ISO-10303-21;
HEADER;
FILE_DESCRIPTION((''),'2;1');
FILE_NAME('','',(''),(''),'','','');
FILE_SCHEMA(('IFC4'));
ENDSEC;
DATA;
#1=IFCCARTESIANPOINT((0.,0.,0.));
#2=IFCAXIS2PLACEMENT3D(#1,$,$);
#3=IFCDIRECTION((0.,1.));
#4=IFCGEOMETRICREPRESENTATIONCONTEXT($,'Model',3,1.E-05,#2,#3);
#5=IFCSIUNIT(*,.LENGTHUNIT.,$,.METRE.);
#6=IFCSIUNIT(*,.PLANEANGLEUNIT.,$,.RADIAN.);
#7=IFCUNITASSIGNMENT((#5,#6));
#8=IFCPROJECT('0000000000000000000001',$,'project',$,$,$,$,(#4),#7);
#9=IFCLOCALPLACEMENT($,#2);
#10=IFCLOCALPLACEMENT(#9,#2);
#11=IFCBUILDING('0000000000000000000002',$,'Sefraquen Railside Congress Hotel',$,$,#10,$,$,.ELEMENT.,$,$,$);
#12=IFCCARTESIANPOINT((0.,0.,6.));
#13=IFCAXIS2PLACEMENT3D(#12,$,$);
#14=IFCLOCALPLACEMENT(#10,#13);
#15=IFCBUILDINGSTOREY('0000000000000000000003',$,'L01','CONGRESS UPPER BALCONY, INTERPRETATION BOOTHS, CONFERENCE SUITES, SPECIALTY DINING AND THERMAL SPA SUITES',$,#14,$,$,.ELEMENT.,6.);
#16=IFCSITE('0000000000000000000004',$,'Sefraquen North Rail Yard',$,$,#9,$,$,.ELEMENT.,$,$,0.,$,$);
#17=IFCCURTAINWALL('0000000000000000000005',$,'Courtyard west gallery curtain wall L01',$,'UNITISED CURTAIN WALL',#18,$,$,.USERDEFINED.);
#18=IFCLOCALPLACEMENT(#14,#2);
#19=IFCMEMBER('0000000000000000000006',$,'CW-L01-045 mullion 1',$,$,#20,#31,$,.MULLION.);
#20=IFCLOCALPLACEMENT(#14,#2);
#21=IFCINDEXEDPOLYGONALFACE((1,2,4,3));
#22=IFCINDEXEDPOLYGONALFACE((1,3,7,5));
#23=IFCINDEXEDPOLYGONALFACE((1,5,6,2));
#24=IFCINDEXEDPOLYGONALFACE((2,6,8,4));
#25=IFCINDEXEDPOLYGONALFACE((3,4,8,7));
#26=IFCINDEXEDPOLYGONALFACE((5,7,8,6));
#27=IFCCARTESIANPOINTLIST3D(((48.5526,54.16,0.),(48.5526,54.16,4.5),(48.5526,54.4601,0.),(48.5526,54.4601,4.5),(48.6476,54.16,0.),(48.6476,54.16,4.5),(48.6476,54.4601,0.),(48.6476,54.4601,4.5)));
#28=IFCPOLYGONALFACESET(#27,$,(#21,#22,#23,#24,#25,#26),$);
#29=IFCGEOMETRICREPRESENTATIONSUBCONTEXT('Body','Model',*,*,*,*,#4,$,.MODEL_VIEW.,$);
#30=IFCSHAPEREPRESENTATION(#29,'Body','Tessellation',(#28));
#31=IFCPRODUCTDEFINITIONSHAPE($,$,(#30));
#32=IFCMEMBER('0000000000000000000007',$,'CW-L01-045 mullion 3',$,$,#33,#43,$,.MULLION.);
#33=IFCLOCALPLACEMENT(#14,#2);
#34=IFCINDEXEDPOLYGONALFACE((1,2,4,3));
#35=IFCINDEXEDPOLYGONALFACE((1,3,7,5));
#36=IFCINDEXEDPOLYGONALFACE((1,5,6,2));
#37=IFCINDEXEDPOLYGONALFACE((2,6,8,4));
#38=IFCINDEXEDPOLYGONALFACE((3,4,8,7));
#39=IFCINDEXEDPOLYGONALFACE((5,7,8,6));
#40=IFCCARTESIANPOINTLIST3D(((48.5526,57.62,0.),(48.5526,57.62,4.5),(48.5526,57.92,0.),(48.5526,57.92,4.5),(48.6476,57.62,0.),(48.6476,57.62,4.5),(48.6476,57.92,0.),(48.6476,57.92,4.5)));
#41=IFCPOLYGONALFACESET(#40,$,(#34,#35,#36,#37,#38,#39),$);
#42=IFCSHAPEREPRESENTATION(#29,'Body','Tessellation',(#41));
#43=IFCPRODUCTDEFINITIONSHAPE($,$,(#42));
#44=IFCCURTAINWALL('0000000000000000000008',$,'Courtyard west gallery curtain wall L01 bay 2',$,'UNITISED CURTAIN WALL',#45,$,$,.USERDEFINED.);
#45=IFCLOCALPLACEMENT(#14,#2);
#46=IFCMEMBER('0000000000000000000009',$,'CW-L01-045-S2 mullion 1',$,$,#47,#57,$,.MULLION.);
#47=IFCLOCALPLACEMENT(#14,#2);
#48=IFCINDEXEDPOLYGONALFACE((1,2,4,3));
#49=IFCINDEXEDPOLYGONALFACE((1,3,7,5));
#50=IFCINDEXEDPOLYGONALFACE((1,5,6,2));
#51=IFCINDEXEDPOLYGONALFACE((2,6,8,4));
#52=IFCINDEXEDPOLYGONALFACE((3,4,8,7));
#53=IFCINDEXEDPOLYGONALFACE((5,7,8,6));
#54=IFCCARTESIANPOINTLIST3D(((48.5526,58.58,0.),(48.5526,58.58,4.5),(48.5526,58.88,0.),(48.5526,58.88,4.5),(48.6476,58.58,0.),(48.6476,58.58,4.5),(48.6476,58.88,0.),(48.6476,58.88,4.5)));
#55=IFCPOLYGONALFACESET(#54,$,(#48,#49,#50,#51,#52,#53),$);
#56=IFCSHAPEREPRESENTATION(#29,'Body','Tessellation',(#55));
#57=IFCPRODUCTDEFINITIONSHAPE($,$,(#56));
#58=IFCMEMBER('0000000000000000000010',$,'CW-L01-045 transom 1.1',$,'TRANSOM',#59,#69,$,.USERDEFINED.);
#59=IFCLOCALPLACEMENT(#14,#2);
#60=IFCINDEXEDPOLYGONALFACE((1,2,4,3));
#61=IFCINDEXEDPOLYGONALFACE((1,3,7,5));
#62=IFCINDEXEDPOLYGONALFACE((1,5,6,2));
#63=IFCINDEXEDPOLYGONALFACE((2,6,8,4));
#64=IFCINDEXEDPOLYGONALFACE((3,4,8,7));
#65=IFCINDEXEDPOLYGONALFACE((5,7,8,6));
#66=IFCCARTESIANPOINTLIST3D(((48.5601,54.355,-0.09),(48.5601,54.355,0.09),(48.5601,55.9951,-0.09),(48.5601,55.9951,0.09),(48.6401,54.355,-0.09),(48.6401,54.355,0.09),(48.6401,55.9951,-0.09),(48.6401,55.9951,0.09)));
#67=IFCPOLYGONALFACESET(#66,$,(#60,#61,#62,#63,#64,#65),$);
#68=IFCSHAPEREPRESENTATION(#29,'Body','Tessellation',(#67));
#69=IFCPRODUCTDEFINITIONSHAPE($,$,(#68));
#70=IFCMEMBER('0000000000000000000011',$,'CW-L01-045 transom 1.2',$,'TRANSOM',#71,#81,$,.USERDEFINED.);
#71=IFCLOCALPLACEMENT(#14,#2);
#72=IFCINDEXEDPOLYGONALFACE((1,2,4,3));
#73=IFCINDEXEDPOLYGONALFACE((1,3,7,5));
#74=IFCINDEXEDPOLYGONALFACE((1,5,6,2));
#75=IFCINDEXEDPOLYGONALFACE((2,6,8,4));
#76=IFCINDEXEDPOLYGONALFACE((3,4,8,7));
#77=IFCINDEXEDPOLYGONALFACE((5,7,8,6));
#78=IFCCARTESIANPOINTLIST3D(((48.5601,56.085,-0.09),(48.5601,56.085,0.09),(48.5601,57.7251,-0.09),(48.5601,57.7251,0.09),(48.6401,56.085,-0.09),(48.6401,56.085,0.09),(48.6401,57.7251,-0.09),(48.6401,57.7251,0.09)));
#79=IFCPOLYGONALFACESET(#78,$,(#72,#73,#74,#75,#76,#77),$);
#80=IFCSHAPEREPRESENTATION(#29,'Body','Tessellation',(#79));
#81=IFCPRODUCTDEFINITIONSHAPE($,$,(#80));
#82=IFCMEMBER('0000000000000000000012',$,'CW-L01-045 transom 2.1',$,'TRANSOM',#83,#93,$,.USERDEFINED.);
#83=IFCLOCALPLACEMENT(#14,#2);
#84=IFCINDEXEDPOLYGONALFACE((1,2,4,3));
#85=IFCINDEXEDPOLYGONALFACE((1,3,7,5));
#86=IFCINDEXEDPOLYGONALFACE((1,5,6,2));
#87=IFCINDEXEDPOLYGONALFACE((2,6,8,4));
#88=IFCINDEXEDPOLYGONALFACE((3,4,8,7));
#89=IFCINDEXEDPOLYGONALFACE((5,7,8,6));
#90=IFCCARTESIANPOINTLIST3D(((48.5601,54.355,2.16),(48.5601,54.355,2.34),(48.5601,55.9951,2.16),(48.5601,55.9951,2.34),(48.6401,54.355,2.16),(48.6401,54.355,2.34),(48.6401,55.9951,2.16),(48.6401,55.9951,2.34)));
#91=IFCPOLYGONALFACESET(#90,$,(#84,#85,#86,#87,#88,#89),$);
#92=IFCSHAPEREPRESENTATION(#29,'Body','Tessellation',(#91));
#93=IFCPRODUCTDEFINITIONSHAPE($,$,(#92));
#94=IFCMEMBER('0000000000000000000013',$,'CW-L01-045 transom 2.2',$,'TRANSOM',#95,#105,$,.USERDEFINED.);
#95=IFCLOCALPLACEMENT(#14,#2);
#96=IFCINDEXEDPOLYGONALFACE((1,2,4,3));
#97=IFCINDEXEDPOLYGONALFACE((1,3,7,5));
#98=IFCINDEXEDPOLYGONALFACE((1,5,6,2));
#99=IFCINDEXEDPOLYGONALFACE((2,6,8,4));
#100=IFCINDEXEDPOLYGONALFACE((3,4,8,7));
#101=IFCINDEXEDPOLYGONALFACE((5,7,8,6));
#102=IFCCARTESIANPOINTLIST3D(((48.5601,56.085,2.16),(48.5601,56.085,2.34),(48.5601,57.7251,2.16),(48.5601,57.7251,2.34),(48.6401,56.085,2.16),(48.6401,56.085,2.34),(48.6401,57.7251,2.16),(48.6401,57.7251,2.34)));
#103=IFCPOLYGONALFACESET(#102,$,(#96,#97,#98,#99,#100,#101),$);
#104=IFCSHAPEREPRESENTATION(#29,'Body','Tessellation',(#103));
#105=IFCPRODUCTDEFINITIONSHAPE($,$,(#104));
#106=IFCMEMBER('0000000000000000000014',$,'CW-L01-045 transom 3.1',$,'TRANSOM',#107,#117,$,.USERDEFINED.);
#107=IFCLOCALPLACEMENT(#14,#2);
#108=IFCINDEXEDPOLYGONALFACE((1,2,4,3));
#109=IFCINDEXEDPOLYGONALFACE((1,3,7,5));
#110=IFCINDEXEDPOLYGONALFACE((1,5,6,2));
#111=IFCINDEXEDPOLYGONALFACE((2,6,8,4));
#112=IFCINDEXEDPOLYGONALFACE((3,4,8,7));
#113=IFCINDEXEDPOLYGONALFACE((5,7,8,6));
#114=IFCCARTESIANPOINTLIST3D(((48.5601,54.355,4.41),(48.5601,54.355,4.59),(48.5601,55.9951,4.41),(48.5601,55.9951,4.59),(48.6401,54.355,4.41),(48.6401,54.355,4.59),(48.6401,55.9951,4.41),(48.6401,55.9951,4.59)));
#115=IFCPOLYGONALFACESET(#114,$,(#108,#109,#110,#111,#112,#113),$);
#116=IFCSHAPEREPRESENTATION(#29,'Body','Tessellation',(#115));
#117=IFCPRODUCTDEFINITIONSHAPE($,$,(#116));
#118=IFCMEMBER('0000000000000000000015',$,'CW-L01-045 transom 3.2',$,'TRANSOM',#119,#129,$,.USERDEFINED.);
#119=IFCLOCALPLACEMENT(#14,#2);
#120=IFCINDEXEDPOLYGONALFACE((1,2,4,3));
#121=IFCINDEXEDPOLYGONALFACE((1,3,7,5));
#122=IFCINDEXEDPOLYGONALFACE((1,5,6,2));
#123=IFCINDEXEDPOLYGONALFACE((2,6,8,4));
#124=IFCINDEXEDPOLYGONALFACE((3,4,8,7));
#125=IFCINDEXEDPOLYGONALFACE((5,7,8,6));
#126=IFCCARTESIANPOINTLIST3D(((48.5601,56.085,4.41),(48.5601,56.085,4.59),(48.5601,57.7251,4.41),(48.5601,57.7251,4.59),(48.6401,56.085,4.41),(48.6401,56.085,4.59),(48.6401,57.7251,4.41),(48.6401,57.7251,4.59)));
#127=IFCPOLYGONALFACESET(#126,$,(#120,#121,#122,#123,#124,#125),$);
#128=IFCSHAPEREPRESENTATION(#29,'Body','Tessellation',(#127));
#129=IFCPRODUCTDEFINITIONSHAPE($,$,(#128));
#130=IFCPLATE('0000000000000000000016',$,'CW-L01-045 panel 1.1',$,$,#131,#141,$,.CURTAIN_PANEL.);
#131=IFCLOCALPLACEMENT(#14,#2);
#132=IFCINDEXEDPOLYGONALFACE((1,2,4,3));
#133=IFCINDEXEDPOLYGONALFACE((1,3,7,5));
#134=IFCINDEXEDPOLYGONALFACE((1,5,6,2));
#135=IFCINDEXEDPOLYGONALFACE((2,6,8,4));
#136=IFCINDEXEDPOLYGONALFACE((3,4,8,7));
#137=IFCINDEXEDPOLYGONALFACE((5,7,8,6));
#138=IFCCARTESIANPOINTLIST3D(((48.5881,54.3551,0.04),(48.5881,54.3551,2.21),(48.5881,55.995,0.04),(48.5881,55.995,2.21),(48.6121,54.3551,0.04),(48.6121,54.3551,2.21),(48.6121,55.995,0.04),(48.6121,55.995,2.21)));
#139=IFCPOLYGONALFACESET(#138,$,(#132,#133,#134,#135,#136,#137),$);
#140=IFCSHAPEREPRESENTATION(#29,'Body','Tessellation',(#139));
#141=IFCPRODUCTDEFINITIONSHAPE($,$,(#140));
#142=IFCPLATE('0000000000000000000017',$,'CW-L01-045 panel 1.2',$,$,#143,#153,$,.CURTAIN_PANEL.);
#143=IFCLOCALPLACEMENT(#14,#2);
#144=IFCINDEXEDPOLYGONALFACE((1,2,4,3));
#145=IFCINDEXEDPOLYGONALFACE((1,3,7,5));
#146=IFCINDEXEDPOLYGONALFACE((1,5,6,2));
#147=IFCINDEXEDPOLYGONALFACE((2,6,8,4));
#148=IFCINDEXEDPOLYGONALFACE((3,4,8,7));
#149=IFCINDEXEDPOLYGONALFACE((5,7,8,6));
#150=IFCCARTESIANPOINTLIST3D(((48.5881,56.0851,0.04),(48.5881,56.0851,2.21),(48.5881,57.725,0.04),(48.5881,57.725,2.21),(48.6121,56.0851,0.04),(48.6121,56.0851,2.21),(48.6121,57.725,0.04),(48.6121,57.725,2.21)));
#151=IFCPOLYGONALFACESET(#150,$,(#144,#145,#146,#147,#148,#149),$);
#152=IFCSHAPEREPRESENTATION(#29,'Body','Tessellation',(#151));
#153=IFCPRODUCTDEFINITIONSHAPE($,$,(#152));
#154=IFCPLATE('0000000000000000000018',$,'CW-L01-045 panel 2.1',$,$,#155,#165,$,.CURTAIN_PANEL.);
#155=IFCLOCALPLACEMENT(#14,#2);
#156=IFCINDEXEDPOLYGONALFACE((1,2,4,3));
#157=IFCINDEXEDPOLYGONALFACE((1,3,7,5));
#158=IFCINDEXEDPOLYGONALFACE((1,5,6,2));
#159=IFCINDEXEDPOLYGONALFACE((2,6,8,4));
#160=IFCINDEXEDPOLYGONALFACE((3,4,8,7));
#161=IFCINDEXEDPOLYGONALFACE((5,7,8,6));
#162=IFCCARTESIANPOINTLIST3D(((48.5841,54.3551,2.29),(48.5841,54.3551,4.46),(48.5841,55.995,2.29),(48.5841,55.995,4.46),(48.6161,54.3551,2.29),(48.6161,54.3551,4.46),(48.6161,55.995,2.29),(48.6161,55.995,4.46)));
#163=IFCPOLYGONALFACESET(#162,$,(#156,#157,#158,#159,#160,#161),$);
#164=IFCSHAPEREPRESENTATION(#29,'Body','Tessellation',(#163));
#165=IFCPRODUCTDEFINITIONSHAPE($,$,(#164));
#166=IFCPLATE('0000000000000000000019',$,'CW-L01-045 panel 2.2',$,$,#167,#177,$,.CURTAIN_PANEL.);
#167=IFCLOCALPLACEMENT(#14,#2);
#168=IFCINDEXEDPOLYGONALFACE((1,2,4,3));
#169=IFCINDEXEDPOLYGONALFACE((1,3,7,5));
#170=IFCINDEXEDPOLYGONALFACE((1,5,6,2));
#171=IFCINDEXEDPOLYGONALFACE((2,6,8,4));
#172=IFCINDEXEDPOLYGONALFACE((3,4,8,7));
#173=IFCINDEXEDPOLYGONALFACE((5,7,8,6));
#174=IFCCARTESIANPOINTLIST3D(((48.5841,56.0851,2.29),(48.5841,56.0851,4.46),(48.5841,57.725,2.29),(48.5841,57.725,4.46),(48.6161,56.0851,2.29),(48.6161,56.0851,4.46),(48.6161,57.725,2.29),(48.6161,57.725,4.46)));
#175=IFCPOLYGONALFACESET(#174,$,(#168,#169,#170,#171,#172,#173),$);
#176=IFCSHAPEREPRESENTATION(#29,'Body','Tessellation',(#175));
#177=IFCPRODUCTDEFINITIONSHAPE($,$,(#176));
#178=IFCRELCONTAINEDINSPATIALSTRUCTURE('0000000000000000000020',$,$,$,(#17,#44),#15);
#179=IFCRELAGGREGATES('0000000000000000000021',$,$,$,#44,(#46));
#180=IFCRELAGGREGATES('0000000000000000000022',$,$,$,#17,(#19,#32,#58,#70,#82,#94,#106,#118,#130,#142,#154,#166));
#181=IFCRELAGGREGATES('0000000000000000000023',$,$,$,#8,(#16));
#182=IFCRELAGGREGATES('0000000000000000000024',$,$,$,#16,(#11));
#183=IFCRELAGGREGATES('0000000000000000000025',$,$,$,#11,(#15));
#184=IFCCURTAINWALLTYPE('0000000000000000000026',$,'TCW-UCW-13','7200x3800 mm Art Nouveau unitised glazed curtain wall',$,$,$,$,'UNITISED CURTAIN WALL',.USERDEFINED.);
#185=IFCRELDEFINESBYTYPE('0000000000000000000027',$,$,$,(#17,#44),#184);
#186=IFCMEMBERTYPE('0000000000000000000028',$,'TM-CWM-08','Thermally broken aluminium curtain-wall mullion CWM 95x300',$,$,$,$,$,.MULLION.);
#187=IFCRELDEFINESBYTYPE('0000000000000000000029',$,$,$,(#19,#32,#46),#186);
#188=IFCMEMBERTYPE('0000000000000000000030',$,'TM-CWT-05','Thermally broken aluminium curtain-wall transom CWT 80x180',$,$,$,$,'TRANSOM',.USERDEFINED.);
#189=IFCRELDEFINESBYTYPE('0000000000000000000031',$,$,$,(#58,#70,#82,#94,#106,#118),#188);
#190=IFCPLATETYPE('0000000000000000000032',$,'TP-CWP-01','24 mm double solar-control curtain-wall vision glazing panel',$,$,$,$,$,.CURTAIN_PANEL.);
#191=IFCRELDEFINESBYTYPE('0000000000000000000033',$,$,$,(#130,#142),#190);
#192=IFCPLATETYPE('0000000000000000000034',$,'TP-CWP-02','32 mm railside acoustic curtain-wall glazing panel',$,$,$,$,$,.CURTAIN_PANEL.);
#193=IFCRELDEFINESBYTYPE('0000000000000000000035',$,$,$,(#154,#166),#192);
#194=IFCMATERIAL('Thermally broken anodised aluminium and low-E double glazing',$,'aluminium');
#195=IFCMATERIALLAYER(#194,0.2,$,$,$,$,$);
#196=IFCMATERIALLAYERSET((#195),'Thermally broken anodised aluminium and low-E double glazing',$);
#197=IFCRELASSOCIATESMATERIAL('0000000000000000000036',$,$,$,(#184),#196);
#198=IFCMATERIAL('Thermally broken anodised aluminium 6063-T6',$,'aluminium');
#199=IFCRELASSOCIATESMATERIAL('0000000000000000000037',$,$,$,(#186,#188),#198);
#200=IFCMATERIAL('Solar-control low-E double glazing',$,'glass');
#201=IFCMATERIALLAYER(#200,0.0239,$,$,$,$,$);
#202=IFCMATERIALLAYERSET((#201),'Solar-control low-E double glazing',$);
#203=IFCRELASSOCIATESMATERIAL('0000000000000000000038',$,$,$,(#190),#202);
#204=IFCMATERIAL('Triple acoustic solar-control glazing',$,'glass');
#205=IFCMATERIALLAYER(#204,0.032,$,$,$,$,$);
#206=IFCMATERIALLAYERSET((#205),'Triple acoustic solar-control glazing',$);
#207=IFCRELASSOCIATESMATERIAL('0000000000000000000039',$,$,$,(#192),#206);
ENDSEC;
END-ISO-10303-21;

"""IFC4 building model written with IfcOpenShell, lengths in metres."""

from ifc_helpers import new_model, si_unit, direction, frame, origin, origin_2d, place, context, subcontext, project, spatial, rectangle, extrude, material, layer, layer_set, material_profile, profile_set, type_object, element, aggregate, save


model = new_model("IFC4")

# Units and contexts
model_context = context("Model", 3, precision=1e-05, world=origin(), true_north=direction((0.0, 1.0)))
body_context = subcontext(model_context, "Body", "Model", "MODEL_VIEW")
ifc_project = project(units=[si_unit("LENGTHUNIT", "METRE"), si_unit("PLANEANGLEUNIT", "RADIAN")], contexts=[model_context])

# Site, building, storey
site_placement = place(None, origin())
site = spatial("IfcSite", under=ifc_project, at=site_placement, Name="Sefraquen North Rail Yard", CompositionType="ELEMENT", RefElevation=0.0)
building_placement = place(site_placement, origin())
building = spatial("IfcBuilding", under=site, at=building_placement, Name="Sefraquen Railside Congress Hotel", CompositionType="ELEMENT")
storey_placement = place(building_placement, frame((0.0, 0.0, 6.0)))
storey = spatial("IfcBuildingStorey", under=building, at=storey_placement, Name="L01", Description="CONGRESS UPPER BALCONY, INTERPRETATION BOOTHS, CONFERENCE SUITES, SPECIALTY DINING AND THERMAL SPA SUITES", CompositionType="ELEMENT", Elevation=6.0)

# Curtain wall, members
ifc_material_1 = material(Name="Thermally broken anodised aluminium and low-E double glazing", Category="aluminium")
ifc_layer_1 = layer(ifc_material_1, 0.2)
ifc_layer_set_1 = layer_set([ifc_layer_1], Name="Thermally broken anodised aluminium and low-E double glazing")
curtain_wall_type = type_object("IfcCurtainWallType", Name="TCW-UCW-13", Description="7200x3800 mm Art Nouveau unitised glazed curtain wall", ElementType="UNITISED CURTAIN WALL", PredefinedType="USERDEFINED", material=ifc_layer_set_1)
curtain_wall_1_placement = place(storey_placement, origin())
curtain_wall_1 = element("IfcCurtainWall", 1, at=curtain_wall_1_placement, inside=storey, type_object=curtain_wall_type, Name="Courtyard west gallery curtain wall L01", ObjectType="UNITISED CURTAIN WALL", PredefinedType="USERDEFINED")
ifc_material_2 = material(Name="Thermally broken anodised aluminium 6063-T6", Category="aluminium")
ifc_material_profile_1 = material_profile(ifc_material_2, rectangle(XDim=0.095, YDim=0.3, at=origin_2d()), Name="CWM 95x300")
ifc_profile_set_1 = profile_set([ifc_material_profile_1], Name="Thermally broken anodised aluminium 6063-T6")
member_type_1 = type_object("IfcMemberType", Name="TM-CWM-08", Description="Thermally broken aluminium curtain-wall mullion CWM 95x300", PredefinedType="MULLION", material=ifc_profile_set_1)
member_1_placement = place(storey_placement, frame((48.6001, 54.3101, 0.0), z_axis=(0.0, 0.0, 1.0), x_axis=(1.0, 0.0, 0.0)))
member_1 = element("IfcMember", 2, at=member_1_placement, type_object=member_type_1, Name="CW-L01-045 mullion 1", PredefinedType="MULLION", context=body_context, shape_type="SweptSolid", body=[
    extrude(rectangle(XDim=0.095, YDim=0.3, at=origin_2d()), origin(), (0.0, 0.0, 1.0), 4.5),
])
member_2_placement = place(storey_placement, frame((48.6001, 57.77, 0.0), z_axis=(0.0, 0.0, 1.0), x_axis=(1.0, 0.0, 0.0)))
member_2 = element("IfcMember", 3, at=member_2_placement, type_object=member_type_1, Name="CW-L01-045 mullion 3", PredefinedType="MULLION", context=body_context, shape_type="SweptSolid", body=[
    extrude(rectangle(XDim=0.095, YDim=0.3, at=origin_2d()), origin(), (0.0, 0.0, 1.0), 4.5),
])

# Curtain wall, member
curtain_wall_2_placement = place(storey_placement, origin())
curtain_wall_2 = element("IfcCurtainWall", 4, at=curtain_wall_2_placement, inside=storey, type_object=curtain_wall_type, Name="Courtyard west gallery curtain wall L01 bay 2", ObjectType="UNITISED CURTAIN WALL", PredefinedType="USERDEFINED")
member_3_placement = place(storey_placement, frame((48.6001, 58.73, 0.0), z_axis=(0.0, 0.0, 1.0), x_axis=(1.0, 0.0, 0.0)))
member_3 = element("IfcMember", 5, at=member_3_placement, type_object=member_type_1, Name="CW-L01-045-S2 mullion 1", PredefinedType="MULLION", context=body_context, shape_type="SweptSolid", body=[
    extrude(rectangle(XDim=0.095, YDim=0.3, at=origin_2d()), origin(), (0.0, 0.0, 1.0), 4.5),
])
aggregate(curtain_wall_2, [member_3])

# Members
ifc_material_profile_2 = material_profile(ifc_material_2, rectangle(XDim=0.0801, YDim=0.1799, at=origin_2d()), Name="CWT 80x180")
ifc_profile_set_2 = profile_set([ifc_material_profile_2], Name="Thermally broken anodised aluminium 6063-T6")
member_type_2 = type_object("IfcMemberType", Name="TM-CWT-05", Description="Thermally broken aluminium curtain-wall transom CWT 80x180", ElementType="TRANSOM", PredefinedType="USERDEFINED", material=ifc_profile_set_2)
member_4_placement = place(storey_placement, frame((48.6001, 54.355, 0.0), z_axis=(0.0, 1.0, 0.0), x_axis=(-1.0, 0.0, 0.0)))
member_4 = element("IfcMember", 6, at=member_4_placement, type_object=member_type_2, Name="CW-L01-045 transom 1.1", ObjectType="TRANSOM", PredefinedType="USERDEFINED", context=body_context, shape_type="SweptSolid", body=[
    extrude(rectangle(XDim=0.0801, YDim=0.1799, at=origin_2d()), origin(), (0.0, 0.0, 1.0), 1.6401),
])
member_5_placement = place(storey_placement, frame((48.6001, 56.085, 0.0), z_axis=(0.0, 1.0, 0.0), x_axis=(-1.0, 0.0, 0.0)))
member_5 = element("IfcMember", 7, at=member_5_placement, type_object=member_type_2, Name="CW-L01-045 transom 1.2", ObjectType="TRANSOM", PredefinedType="USERDEFINED", context=body_context, shape_type="SweptSolid", body=[
    extrude(rectangle(XDim=0.0801, YDim=0.1799, at=origin_2d()), origin(), (0.0, 0.0, 1.0), 1.6401),
])
member_6_placement = place(storey_placement, frame((48.6001, 54.355, 2.25), z_axis=(0.0, 1.0, 0.0), x_axis=(-1.0, 0.0, 0.0)))
member_6 = element("IfcMember", 8, at=member_6_placement, type_object=member_type_2, Name="CW-L01-045 transom 2.1", ObjectType="TRANSOM", PredefinedType="USERDEFINED", context=body_context, shape_type="SweptSolid", body=[
    extrude(rectangle(XDim=0.0801, YDim=0.1799, at=origin_2d()), origin(), (0.0, 0.0, 1.0), 1.6401),
])
member_7_placement = place(storey_placement, frame((48.6001, 56.085, 2.25), z_axis=(0.0, 1.0, 0.0), x_axis=(-1.0, 0.0, 0.0)))
member_7 = element("IfcMember", 9, at=member_7_placement, type_object=member_type_2, Name="CW-L01-045 transom 2.2", ObjectType="TRANSOM", PredefinedType="USERDEFINED", context=body_context, shape_type="SweptSolid", body=[
    extrude(rectangle(XDim=0.0801, YDim=0.1799, at=origin_2d()), origin(), (0.0, 0.0, 1.0), 1.6401),
])
member_8_placement = place(storey_placement, frame((48.6001, 54.355, 4.5), z_axis=(0.0, 1.0, 0.0), x_axis=(-1.0, 0.0, 0.0)))
member_8 = element("IfcMember", 10, at=member_8_placement, type_object=member_type_2, Name="CW-L01-045 transom 3.1", ObjectType="TRANSOM", PredefinedType="USERDEFINED", context=body_context, shape_type="SweptSolid", body=[
    extrude(rectangle(XDim=0.0801, YDim=0.1799, at=origin_2d()), origin(), (0.0, 0.0, 1.0), 1.6401),
])
member_9_placement = place(storey_placement, frame((48.6001, 56.085, 4.5), z_axis=(0.0, 1.0, 0.0), x_axis=(-1.0, 0.0, 0.0)))
member_9 = element("IfcMember", 11, at=member_9_placement, type_object=member_type_2, Name="CW-L01-045 transom 3.2", ObjectType="TRANSOM", PredefinedType="USERDEFINED", context=body_context, shape_type="SweptSolid", body=[
    extrude(rectangle(XDim=0.0801, YDim=0.1799, at=origin_2d()), origin(), (0.0, 0.0, 1.0), 1.6401),
])

# Plates
ifc_material_3 = material(Name="Solar-control low-E double glazing", Category="glass")
ifc_layer_2 = layer(ifc_material_3, 0.0239)
ifc_layer_set_2 = layer_set([ifc_layer_2], Name="Solar-control low-E double glazing")
plate_type_1 = type_object("IfcPlateType", Name="TP-CWP-01", Description="24 mm double solar-control curtain-wall vision glazing panel", PredefinedType="CURTAIN_PANEL", material=ifc_layer_set_2)
plate_1_placement = place(storey_placement, frame((48.6001, 55.175, 0.04), z_axis=(0.0, 0.0, 1.0), x_axis=(0.0, 1.0, 0.0)))
plate_1 = element("IfcPlate", 12, at=plate_1_placement, type_object=plate_type_1, Name="CW-L01-045 panel 1.1", PredefinedType="CURTAIN_PANEL", context=body_context, shape_type="SweptSolid", body=[
    extrude(rectangle(XDim=1.6399, YDim=0.0239, at=origin_2d()), origin(), (0.0, 0.0, 1.0), 2.1699),
])
plate_2_placement = place(storey_placement, frame((48.6001, 56.905, 0.04), z_axis=(0.0, 0.0, 1.0), x_axis=(0.0, 1.0, 0.0)))
plate_2 = element("IfcPlate", 13, at=plate_2_placement, type_object=plate_type_1, Name="CW-L01-045 panel 1.2", PredefinedType="CURTAIN_PANEL", context=body_context, shape_type="SweptSolid", body=[
    extrude(rectangle(XDim=1.6399, YDim=0.0239, at=origin_2d()), origin(), (0.0, 0.0, 1.0), 2.1699),
])
ifc_material_4 = material(Name="Triple acoustic solar-control glazing", Category="glass")
ifc_layer_3 = layer(ifc_material_4, 0.032)
ifc_layer_set_3 = layer_set([ifc_layer_3], Name="Triple acoustic solar-control glazing")
plate_type_2 = type_object("IfcPlateType", Name="TP-CWP-02", Description="32 mm railside acoustic curtain-wall glazing panel", PredefinedType="CURTAIN_PANEL", material=ifc_layer_set_3)
plate_3_placement = place(storey_placement, frame((48.6001, 55.175, 2.29), z_axis=(0.0, 0.0, 1.0), x_axis=(0.0, 1.0, 0.0)))
plate_3 = element("IfcPlate", 14, at=plate_3_placement, type_object=plate_type_2, Name="CW-L01-045 panel 2.1", PredefinedType="CURTAIN_PANEL", context=body_context, shape_type="SweptSolid", body=[
    extrude(rectangle(XDim=1.6399, YDim=0.032, at=origin_2d()), origin(), (0.0, 0.0, 1.0), 2.1699),
])
plate_4_placement = place(storey_placement, frame((48.6001, 56.905, 2.29), z_axis=(0.0, 0.0, 1.0), x_axis=(0.0, 1.0, 0.0)))
plate_4 = element("IfcPlate", 15, at=plate_4_placement, type_object=plate_type_2, Name="CW-L01-045 panel 2.2", PredefinedType="CURTAIN_PANEL", context=body_context, shape_type="SweptSolid", body=[
    extrude(rectangle(XDim=1.6399, YDim=0.032, at=origin_2d()), origin(), (0.0, 0.0, 1.0), 2.1699),
])
aggregate(curtain_wall_1, [member_1, member_2, member_4, member_5, member_6, member_7, member_8, member_9, plate_1, plate_2, plate_3, plate_4])

save(model, "model.ifc")
